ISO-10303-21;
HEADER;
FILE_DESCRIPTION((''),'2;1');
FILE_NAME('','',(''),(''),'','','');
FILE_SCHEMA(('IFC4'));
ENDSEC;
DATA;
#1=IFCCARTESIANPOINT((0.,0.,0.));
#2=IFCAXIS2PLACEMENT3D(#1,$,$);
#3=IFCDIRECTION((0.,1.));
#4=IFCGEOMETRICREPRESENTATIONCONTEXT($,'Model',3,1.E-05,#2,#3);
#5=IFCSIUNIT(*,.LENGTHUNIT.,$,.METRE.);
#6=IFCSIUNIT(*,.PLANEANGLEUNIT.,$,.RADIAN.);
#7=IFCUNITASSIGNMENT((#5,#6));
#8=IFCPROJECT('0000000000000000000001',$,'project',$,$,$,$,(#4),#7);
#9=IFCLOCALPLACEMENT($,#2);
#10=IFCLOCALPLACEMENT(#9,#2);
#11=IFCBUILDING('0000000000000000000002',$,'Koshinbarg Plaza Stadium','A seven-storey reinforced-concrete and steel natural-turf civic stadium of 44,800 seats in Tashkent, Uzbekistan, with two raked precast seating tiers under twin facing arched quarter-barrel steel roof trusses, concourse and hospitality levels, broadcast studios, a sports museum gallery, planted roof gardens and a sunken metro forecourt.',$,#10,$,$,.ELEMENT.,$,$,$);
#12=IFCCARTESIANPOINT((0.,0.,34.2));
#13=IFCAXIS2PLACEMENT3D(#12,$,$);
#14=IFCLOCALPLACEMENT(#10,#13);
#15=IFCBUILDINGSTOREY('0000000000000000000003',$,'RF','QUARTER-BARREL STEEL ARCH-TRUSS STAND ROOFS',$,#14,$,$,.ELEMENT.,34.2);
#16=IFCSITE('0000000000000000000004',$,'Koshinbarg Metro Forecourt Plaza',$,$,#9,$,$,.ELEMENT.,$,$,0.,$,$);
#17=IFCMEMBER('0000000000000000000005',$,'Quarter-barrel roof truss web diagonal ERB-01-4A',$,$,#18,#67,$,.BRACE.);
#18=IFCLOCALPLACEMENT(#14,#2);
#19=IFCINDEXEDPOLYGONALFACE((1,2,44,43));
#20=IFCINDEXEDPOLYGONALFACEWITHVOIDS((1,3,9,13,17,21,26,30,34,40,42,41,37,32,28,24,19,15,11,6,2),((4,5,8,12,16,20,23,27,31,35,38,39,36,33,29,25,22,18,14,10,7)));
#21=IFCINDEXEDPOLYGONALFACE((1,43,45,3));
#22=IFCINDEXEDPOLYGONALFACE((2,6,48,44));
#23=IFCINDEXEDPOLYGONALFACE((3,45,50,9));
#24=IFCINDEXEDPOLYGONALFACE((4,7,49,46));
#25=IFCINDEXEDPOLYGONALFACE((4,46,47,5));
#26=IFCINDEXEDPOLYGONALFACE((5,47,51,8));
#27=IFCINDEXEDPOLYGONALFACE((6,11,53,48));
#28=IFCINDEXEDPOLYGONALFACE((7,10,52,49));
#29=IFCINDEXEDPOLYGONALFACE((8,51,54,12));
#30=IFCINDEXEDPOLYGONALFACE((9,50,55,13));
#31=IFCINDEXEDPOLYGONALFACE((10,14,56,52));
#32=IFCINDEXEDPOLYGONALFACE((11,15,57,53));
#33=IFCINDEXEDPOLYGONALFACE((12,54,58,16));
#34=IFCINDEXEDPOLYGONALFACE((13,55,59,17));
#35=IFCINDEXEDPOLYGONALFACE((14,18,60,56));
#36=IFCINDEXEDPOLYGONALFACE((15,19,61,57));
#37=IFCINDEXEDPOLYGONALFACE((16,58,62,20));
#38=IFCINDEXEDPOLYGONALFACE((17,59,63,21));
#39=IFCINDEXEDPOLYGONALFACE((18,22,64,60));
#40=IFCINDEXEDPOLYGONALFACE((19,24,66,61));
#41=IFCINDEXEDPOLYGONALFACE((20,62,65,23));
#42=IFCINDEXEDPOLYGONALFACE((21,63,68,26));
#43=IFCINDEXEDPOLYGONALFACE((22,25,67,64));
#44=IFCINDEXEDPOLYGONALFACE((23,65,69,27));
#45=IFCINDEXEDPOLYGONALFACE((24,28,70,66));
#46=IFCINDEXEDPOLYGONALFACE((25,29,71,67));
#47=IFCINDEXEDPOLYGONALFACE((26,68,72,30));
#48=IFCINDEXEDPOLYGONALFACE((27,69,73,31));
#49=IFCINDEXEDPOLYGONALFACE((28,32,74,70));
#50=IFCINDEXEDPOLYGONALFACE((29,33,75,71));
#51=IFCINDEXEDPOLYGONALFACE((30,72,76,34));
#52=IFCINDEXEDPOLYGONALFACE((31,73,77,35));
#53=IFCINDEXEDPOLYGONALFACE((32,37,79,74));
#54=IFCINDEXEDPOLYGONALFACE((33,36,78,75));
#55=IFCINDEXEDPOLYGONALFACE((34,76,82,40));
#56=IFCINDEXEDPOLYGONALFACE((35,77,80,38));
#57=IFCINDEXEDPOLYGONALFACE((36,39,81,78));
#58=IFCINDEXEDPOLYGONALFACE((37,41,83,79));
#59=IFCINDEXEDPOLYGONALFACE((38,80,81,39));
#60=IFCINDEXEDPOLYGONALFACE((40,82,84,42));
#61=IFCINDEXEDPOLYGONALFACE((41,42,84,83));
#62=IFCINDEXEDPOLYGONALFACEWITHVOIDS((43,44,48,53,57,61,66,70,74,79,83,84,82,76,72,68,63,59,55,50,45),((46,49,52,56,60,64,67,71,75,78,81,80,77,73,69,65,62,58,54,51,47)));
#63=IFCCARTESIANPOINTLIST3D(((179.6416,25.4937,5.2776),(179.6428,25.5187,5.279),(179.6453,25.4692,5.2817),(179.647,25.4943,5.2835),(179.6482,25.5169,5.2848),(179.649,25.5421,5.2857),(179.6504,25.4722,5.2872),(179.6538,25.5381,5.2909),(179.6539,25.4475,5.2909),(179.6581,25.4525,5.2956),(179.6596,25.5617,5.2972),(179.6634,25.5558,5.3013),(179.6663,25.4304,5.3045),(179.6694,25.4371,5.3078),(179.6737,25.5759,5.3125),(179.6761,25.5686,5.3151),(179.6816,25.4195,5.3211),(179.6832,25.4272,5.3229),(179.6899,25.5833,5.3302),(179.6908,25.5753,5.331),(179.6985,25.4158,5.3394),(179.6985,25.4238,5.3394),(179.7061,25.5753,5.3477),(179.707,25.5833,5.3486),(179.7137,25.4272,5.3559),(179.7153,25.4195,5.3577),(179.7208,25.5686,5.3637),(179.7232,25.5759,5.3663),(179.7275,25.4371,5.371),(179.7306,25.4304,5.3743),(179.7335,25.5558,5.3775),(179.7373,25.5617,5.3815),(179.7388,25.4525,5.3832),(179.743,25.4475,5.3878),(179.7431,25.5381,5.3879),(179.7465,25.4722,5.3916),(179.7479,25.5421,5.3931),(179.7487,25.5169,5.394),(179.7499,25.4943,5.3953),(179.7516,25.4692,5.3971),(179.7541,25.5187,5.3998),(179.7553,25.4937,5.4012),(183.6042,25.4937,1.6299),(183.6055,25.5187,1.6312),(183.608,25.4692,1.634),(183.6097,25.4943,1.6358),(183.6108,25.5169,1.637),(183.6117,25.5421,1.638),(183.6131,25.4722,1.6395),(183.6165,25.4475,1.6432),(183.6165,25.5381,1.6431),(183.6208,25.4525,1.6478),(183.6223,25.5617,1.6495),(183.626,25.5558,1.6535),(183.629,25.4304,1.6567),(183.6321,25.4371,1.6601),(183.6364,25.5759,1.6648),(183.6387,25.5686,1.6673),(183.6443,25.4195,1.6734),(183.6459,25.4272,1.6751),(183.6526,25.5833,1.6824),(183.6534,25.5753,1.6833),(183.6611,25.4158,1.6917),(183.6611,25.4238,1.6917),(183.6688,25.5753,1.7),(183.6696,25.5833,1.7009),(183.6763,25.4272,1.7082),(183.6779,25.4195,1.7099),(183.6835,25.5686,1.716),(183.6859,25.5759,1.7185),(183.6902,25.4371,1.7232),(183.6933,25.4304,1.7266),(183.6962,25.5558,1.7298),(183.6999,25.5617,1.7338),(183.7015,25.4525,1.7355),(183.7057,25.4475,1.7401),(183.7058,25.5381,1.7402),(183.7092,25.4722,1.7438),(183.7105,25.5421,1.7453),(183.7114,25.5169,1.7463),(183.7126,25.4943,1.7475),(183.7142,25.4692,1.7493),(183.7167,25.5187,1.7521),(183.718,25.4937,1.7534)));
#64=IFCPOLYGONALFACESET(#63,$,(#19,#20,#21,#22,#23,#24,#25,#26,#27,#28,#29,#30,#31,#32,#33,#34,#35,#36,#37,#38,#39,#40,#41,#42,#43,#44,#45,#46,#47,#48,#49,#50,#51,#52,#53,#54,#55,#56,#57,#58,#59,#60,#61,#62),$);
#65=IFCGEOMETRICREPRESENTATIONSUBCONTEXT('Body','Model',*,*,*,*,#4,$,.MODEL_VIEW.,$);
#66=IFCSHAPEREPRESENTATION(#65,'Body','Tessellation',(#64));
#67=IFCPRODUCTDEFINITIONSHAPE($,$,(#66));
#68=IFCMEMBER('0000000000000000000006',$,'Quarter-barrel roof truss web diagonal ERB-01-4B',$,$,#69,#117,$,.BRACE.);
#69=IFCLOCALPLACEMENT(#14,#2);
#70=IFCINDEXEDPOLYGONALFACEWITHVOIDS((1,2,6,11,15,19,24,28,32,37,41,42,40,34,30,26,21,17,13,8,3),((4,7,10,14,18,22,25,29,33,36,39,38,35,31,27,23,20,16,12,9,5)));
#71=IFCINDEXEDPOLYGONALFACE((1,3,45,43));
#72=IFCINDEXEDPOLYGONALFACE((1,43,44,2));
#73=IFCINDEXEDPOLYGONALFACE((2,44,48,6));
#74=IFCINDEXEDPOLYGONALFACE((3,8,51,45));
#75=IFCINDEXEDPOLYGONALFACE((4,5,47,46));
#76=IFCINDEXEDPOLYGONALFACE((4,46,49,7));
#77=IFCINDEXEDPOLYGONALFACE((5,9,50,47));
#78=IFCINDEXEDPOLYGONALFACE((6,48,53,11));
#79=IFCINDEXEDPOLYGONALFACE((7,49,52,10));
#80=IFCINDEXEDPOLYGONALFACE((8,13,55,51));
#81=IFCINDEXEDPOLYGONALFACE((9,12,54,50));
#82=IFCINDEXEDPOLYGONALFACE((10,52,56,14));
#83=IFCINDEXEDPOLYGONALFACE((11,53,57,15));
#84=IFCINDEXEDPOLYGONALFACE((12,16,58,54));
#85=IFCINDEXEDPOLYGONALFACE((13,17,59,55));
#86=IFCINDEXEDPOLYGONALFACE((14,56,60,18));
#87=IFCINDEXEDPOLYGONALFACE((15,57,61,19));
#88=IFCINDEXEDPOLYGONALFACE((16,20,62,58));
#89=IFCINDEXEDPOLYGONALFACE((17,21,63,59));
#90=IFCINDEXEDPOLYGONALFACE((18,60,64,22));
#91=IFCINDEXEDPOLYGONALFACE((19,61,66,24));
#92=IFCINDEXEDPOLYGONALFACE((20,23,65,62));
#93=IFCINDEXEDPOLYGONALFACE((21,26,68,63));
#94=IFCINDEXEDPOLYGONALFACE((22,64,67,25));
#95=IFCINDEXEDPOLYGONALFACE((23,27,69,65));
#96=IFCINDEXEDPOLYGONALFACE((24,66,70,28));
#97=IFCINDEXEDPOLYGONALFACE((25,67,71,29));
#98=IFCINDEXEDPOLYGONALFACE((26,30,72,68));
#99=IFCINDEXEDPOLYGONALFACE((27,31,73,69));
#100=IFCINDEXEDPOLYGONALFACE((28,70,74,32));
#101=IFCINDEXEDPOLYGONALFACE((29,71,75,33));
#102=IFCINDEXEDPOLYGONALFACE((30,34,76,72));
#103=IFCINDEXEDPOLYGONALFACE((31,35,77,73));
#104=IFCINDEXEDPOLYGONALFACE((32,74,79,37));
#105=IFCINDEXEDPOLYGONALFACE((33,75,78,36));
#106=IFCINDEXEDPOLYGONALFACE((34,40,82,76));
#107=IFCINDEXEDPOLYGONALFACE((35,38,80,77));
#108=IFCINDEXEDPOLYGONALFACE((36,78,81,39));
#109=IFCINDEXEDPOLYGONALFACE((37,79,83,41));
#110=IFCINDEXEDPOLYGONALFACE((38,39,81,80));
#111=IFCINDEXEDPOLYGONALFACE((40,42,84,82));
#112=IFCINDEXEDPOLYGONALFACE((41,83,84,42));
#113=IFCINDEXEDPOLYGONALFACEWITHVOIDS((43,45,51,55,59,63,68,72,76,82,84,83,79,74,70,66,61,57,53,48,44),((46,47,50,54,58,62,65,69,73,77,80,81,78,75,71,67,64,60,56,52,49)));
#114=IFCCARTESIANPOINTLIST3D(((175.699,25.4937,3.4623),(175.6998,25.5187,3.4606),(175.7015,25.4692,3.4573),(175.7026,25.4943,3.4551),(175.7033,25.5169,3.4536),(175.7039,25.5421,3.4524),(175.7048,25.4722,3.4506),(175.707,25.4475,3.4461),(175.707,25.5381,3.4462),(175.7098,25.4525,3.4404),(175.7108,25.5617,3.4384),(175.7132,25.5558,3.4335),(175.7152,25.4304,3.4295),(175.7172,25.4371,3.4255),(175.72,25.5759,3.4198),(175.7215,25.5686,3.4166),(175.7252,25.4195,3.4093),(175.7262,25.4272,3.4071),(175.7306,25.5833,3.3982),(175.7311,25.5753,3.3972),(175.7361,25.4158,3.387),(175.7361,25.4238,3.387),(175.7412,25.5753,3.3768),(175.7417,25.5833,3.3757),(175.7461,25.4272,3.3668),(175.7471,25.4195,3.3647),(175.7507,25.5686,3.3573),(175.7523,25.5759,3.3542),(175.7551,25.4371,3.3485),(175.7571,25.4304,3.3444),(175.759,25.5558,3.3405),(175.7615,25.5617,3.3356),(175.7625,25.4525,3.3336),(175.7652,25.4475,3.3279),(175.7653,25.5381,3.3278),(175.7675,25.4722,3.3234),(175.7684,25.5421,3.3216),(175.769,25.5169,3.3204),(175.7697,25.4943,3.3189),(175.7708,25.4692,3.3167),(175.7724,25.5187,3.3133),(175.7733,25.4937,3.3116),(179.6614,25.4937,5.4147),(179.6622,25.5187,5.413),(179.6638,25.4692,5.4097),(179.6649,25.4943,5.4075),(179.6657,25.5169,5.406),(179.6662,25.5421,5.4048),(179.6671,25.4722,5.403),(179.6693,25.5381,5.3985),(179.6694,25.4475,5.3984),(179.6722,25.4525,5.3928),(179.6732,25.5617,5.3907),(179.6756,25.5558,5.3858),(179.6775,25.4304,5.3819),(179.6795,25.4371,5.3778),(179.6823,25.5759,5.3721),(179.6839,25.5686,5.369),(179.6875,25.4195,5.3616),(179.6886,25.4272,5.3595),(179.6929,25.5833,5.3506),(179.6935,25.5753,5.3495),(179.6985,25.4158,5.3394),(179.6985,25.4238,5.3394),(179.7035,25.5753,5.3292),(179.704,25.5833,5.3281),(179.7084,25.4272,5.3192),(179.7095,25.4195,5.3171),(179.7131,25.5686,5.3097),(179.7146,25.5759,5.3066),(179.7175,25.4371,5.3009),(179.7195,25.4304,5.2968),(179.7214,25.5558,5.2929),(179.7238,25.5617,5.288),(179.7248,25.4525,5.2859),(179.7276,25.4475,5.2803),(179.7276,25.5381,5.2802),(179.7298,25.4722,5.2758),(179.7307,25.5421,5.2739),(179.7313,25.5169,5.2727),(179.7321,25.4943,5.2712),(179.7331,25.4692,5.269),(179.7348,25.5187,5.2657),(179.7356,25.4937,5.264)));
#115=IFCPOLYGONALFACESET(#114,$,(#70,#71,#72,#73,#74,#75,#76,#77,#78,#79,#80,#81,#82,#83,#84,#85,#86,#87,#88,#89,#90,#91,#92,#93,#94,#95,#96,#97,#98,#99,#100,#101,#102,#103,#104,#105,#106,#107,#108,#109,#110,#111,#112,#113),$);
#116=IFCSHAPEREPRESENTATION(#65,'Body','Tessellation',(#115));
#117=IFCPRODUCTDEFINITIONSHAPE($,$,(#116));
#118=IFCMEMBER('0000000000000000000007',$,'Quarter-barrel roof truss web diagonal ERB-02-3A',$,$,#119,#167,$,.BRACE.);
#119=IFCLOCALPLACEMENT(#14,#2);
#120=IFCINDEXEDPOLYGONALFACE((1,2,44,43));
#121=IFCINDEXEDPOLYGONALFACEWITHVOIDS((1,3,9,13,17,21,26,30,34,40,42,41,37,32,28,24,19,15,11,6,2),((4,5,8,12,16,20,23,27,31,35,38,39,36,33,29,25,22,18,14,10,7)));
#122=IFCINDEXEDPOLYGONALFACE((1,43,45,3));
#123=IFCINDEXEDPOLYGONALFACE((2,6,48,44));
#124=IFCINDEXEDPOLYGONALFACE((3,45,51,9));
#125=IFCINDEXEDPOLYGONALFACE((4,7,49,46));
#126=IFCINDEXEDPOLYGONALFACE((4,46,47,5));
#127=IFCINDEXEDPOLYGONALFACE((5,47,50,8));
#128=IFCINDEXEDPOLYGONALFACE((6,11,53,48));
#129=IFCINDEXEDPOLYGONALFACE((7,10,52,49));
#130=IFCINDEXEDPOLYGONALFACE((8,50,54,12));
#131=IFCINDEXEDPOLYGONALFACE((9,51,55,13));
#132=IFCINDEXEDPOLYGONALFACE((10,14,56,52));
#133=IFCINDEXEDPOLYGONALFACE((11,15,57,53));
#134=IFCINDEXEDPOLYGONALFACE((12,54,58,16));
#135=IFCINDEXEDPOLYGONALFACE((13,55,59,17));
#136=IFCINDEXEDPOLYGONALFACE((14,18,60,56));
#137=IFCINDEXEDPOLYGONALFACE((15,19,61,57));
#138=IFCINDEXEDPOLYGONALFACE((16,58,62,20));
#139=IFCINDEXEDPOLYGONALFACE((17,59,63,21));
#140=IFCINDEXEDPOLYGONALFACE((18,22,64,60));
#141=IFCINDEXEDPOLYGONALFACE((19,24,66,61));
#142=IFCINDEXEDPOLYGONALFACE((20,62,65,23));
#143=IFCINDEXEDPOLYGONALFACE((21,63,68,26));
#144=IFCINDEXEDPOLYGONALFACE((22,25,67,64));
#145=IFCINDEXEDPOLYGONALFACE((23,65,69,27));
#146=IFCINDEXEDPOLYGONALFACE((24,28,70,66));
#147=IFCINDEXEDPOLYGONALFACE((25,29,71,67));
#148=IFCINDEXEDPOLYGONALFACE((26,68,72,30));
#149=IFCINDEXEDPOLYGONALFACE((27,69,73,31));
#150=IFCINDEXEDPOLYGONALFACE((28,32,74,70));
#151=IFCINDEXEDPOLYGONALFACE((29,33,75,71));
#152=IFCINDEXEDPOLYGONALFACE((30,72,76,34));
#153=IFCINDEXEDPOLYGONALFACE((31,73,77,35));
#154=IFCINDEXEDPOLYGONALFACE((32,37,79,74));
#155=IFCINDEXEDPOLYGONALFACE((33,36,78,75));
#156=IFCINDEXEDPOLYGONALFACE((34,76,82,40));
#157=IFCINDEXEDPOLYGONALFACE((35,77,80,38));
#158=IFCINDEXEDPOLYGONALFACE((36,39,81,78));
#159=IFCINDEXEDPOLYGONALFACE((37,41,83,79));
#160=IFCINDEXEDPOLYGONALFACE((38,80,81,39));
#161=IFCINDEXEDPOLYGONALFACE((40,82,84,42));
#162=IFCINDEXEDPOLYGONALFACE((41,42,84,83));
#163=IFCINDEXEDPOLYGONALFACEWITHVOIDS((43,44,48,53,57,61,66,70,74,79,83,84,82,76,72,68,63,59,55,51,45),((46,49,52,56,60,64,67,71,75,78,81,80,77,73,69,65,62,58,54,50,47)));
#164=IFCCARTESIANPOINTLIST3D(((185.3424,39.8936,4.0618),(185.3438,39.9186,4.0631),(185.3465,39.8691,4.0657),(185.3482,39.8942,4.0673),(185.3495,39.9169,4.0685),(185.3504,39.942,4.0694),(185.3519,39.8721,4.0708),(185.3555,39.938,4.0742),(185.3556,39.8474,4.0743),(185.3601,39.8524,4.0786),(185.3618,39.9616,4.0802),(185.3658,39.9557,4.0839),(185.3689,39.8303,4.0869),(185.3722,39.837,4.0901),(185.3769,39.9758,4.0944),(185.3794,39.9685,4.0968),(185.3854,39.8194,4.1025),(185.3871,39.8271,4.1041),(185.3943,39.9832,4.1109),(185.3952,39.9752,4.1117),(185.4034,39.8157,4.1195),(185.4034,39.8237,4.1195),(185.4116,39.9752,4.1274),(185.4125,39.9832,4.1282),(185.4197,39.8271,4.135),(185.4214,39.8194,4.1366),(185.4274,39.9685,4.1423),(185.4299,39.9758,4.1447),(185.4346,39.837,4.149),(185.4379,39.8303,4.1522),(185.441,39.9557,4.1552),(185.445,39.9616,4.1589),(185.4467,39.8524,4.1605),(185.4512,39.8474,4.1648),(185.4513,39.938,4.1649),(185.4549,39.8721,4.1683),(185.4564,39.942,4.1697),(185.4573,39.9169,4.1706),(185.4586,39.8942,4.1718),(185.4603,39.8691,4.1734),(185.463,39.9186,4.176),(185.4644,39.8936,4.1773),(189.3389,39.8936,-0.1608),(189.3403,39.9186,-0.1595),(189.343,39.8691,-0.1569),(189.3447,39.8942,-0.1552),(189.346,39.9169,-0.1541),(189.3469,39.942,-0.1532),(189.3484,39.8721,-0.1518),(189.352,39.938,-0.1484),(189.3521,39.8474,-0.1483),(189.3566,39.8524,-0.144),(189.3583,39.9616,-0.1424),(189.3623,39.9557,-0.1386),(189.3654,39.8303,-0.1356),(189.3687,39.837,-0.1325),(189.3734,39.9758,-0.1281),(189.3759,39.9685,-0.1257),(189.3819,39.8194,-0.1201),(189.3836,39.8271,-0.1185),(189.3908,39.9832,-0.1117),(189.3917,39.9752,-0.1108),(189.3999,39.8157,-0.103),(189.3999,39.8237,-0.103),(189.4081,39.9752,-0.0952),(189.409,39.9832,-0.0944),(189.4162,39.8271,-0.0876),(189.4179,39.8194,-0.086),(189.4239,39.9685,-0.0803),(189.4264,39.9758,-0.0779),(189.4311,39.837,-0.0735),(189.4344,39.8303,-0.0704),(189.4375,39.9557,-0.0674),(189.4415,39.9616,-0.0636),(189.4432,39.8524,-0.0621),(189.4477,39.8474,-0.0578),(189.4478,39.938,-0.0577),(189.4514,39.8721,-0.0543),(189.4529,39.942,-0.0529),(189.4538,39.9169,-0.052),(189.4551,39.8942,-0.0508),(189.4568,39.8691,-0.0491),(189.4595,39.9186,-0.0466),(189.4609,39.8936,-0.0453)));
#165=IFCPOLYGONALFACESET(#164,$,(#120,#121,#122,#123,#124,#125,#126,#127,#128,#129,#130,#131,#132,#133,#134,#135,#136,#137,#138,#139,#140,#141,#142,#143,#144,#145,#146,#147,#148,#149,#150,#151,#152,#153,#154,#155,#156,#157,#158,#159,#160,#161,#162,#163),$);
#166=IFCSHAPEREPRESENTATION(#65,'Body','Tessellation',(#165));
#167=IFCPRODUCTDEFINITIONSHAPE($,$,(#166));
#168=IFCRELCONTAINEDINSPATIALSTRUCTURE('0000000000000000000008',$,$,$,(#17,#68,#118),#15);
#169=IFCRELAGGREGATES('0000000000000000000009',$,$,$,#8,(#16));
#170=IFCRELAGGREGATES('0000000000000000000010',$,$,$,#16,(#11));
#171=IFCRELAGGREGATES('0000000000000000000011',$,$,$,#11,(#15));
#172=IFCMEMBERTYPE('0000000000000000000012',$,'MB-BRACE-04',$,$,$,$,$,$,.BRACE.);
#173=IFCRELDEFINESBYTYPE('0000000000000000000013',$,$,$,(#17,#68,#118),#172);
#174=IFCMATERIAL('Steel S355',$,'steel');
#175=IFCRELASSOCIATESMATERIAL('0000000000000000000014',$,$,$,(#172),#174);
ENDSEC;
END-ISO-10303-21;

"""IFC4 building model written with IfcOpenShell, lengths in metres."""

from ifc_helpers import new_model, si_unit, direction, frame, origin, origin_2d, place, context, subcontext, project, spatial, hollow_circle, extrude, material, material_profile, profile_set, type_object, element, save


model = new_model("IFC4")

# Units and contexts
model_context = context("Model", 3, precision=1e-05, world=origin(), true_north=direction((0.0, 1.0)))
body_context = subcontext(model_context, "Body", "Model", "MODEL_VIEW")
ifc_project = project(units=[si_unit("LENGTHUNIT", "METRE"), si_unit("PLANEANGLEUNIT", "RADIAN")], contexts=[model_context])

# Site, building, storey
site_placement = place(None, origin())
site = spatial("IfcSite", under=ifc_project, at=site_placement, Name="Koshinbarg Metro Forecourt Plaza", CompositionType="ELEMENT", RefElevation=0.0)
building_placement = place(site_placement, origin())
building = spatial("IfcBuilding", under=site, at=building_placement, Name="Koshinbarg Plaza Stadium", Description="A seven-storey reinforced-concrete and steel natural-turf civic stadium of 44,800 seats in Tashkent, Uzbekistan, with two raked precast seating tiers under twin facing arched quarter-barrel steel roof trusses, concourse and hospitality levels, broadcast studios, a sports museum gallery, planted roof gardens and a sunken metro forecourt.", CompositionType="ELEMENT")
storey_placement = place(building_placement, frame((0.0, 0.0, 34.2)))
storey = spatial("IfcBuildingStorey", under=building, at=storey_placement, Name="RF", Description="QUARTER-BARREL STEEL ARCH-TRUSS STAND ROOFS", CompositionType="ELEMENT", Elevation=34.2)

# Members
ifc_material_1 = material(Name="Steel S355", Category="steel")
ifc_material_profile_1 = material_profile(ifc_material_1, hollow_circle(Radius=0.0842, WallThickness=0.0081, at=origin_2d()), Name="CHS 168.3x8")
ifc_profile_set_1 = profile_set([ifc_material_profile_1], Name="Steel S355")
member_type_1 = type_object("IfcMemberType", Name="MB-BRACE-04", PredefinedType="BRACE", material=ifc_profile_set_1)
member_1_placement = place(storey_placement, frame((183.6611, 25.5, 1.6917), z_axis=(-0.735739, 0.0, 0.677265), x_axis=(0.0, -1.0, 0.0)))
element("IfcMember", 1, at=member_1_placement, inside=storey, type_object=member_type_1, Name="Quarter-barrel roof truss web diagonal ERB-01-4A", PredefinedType="BRACE", context=body_context, shape_type="SweptSolid", body=[
    extrude(hollow_circle(Radius=0.0842, WallThickness=0.0081, at=origin_2d()), origin(), (0.0, 0.0, 1.0), 5.386),
])
member_2_placement = place(storey_placement, frame((179.6985, 25.5, 5.3394), z_axis=(-0.897021, 0.0, -0.441989), x_axis=(0.0, -1.0, 0.0)))
element("IfcMember", 2, at=member_2_placement, inside=storey, type_object=member_type_1, Name="Quarter-barrel roof truss web diagonal ERB-01-4B", PredefinedType="BRACE", context=body_context, shape_type="SweptSolid", body=[
    extrude(hollow_circle(Radius=0.0842, WallThickness=0.0081, at=origin_2d()), origin(), (0.0, 0.0, 1.0), 4.4172),
])
member_3_placement = place(storey_placement, frame((189.3999, 39.8999, -0.103), z_axis=(-0.687397, 0.0, 0.726281), x_axis=(0.0, -1.0, 0.0)))
element("IfcMember", 3, at=member_3_placement, inside=storey, type_object=member_type_1, Name="Quarter-barrel roof truss web diagonal ERB-02-3A", PredefinedType="BRACE", context=body_context, shape_type="SweptSolid", body=[
    extrude(hollow_circle(Radius=0.0842, WallThickness=0.0081, at=origin_2d()), origin(), (0.0, 0.0, 1.0), 5.814),
])

save(model, "model.ifc")
